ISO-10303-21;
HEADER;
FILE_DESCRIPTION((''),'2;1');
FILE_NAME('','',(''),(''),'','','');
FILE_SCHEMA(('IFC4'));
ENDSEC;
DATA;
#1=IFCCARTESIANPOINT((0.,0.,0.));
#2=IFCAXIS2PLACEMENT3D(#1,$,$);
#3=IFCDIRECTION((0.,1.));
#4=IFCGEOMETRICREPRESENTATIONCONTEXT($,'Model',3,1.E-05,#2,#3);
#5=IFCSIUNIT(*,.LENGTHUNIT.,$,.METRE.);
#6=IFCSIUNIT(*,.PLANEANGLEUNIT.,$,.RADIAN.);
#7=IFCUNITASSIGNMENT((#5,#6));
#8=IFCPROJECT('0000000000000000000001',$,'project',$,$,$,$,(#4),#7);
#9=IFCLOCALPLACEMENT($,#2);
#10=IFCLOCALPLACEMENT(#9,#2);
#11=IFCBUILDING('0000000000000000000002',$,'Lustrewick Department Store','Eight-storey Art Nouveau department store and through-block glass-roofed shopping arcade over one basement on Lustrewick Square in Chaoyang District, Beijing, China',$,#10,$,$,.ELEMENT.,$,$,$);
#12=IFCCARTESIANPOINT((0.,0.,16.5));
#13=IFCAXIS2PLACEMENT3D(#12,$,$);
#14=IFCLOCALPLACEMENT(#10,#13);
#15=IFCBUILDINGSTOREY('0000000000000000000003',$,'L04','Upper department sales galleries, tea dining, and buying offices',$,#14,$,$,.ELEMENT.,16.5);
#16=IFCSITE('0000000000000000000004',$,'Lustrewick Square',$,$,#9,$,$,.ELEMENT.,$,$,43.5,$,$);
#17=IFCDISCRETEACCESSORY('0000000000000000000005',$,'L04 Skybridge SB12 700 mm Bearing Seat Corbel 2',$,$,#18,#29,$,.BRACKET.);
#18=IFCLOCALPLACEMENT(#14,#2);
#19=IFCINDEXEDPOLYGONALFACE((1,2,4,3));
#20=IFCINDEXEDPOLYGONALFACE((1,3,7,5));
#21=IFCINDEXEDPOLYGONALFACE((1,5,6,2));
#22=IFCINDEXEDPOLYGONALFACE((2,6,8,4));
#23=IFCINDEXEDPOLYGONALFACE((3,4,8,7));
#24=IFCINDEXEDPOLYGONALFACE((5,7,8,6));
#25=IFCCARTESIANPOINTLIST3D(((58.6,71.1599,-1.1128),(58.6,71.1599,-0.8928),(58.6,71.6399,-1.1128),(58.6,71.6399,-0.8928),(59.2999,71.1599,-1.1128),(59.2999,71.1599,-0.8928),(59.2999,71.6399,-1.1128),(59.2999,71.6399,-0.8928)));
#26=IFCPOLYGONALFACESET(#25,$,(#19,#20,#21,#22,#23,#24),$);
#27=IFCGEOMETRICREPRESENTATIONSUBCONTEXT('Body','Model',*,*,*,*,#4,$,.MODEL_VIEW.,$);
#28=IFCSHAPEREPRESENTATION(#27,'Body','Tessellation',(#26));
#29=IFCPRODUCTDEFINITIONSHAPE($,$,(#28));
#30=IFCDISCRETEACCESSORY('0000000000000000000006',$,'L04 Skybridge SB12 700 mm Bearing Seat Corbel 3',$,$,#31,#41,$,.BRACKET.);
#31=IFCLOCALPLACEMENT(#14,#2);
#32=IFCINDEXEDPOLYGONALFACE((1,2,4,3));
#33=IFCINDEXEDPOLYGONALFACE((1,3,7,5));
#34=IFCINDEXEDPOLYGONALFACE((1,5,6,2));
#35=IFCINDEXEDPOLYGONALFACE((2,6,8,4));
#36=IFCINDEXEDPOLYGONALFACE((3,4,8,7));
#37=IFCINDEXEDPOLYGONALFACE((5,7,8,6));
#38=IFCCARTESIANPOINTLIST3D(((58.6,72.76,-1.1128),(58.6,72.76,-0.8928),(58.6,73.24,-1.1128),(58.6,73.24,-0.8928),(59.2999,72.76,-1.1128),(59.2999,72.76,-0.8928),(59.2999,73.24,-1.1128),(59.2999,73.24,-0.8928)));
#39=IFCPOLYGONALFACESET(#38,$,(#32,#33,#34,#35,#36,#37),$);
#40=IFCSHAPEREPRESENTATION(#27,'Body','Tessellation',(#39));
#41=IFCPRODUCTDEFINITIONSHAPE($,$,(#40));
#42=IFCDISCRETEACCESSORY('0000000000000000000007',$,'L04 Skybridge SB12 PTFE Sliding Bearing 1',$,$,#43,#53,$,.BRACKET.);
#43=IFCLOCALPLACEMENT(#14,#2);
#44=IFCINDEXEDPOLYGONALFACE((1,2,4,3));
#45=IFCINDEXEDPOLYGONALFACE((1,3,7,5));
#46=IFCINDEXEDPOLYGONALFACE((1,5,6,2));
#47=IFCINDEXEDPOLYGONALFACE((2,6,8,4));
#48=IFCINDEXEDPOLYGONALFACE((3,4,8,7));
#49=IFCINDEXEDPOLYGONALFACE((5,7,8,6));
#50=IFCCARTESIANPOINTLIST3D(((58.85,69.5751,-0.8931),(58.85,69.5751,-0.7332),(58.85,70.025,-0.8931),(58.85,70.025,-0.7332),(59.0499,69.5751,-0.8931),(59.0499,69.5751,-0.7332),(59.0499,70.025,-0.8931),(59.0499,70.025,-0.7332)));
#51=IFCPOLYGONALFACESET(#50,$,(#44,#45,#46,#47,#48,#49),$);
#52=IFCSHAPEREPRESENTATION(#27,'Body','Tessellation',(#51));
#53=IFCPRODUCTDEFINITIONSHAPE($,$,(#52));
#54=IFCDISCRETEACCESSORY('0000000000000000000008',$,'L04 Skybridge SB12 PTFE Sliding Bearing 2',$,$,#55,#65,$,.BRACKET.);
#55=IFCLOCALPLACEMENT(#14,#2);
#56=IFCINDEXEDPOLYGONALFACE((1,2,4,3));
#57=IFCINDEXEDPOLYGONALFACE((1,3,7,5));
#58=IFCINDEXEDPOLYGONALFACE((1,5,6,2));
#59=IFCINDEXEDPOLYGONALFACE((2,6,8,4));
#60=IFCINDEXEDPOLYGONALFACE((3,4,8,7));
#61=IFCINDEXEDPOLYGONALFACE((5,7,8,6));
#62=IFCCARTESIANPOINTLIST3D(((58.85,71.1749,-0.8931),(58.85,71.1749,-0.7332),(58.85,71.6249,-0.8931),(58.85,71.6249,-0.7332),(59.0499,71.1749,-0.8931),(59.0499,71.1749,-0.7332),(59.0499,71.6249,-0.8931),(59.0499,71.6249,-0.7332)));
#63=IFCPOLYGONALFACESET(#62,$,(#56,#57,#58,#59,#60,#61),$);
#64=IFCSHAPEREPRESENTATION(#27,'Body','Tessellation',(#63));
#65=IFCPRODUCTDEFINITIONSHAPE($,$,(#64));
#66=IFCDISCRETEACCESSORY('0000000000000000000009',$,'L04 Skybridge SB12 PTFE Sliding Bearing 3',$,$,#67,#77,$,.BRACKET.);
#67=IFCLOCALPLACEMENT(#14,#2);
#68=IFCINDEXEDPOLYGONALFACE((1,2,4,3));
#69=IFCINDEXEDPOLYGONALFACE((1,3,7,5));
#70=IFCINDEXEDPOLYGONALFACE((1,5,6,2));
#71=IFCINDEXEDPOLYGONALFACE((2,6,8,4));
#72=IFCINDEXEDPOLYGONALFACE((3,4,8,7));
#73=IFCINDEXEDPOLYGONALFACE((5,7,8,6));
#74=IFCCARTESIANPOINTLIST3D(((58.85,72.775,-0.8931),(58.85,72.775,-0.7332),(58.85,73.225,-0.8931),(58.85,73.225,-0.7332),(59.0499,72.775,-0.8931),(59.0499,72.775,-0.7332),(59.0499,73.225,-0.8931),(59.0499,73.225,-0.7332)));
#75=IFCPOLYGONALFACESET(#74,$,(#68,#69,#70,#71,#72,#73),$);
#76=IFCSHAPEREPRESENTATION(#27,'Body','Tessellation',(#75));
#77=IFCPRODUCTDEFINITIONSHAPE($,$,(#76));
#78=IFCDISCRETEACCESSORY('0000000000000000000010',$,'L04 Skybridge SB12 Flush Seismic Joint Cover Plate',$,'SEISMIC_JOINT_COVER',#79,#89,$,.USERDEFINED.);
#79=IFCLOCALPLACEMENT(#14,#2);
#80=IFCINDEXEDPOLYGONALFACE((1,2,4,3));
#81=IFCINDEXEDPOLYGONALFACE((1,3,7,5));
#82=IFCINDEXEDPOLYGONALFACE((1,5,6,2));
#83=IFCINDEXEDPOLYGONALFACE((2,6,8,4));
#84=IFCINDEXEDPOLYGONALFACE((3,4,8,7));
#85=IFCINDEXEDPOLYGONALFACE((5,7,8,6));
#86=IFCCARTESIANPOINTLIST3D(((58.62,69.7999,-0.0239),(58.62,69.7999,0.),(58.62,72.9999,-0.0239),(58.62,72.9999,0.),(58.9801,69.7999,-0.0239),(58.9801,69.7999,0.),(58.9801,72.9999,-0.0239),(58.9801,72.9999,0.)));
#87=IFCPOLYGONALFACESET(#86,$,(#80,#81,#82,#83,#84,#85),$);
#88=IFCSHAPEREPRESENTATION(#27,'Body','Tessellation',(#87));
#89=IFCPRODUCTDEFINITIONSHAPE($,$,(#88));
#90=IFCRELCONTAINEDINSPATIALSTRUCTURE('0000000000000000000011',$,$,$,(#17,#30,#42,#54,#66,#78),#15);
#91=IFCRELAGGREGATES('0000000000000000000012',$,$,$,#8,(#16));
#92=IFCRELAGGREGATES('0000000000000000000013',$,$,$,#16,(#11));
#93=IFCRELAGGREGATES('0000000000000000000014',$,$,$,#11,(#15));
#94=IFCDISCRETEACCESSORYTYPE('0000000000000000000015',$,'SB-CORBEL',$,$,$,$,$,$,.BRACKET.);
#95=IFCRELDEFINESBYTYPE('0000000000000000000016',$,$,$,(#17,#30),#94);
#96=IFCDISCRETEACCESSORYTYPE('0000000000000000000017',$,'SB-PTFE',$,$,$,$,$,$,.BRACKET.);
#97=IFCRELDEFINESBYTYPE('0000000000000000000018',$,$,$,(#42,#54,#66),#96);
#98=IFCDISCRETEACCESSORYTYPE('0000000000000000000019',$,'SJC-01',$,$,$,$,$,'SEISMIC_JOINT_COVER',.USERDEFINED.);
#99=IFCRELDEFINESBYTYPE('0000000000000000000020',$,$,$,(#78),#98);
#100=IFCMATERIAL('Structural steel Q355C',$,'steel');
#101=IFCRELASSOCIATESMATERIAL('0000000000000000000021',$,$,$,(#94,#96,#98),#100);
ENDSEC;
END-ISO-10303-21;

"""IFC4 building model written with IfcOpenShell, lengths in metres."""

from ifc_helpers import new_model, si_unit, direction, frame, origin, origin_2d, place, context, subcontext, project, spatial, rectangle, extrude, material, type_object, element, save


model = new_model("IFC4")

# Units and contexts
model_context = context("Model", 3, precision=1e-05, world=origin(), true_north=direction((0.0, 1.0)))
body_context = subcontext(model_context, "Body", "Model", "MODEL_VIEW")
ifc_project = project(units=[si_unit("LENGTHUNIT", "METRE"), si_unit("PLANEANGLEUNIT", "RADIAN")], contexts=[model_context])

# Site, building, storey
site_placement = place(None, origin())
site = spatial("IfcSite", under=ifc_project, at=site_placement, Name="Lustrewick Square", CompositionType="ELEMENT", RefElevation=43.5)
building_placement = place(site_placement, origin())
building = spatial("IfcBuilding", under=site, at=building_placement, Name="Lustrewick Department Store", Description="Eight-storey Art Nouveau department store and through-block glass-roofed shopping arcade over one basement on Lustrewick Square in Chaoyang District, Beijing, China", CompositionType="ELEMENT")
storey_placement = place(building_placement, frame((0.0, 0.0, 16.5)))
storey = spatial("IfcBuildingStorey", under=building, at=storey_placement, Name="L04", Description="Upper department sales galleries, tea dining, and buying offices", CompositionType="ELEMENT", Elevation=16.5)

# Shared definitions
ifc_material_1 = material(Name="Structural steel Q355C", Category="steel")

# Discrete accessories
discrete_accessory_type_1 = type_object("IfcDiscreteAccessoryType", Name="SB-CORBEL", PredefinedType="BRACKET", material=ifc_material_1)
for number, where, z_axis, x_axis, name in (
    (1, (58.95, 71.3999, -1.1128), (0.0, 0.0, 1.0), (1.0, 0.0, 0.0), "L04 Skybridge SB12 700 mm Bearing Seat Corbel 2"),
    (2, (58.95, 73.0, -1.1128), (0.0, 0.0, 1.0), (1.0, 0.0, 0.0), "L04 Skybridge SB12 700 mm Bearing Seat Corbel 3"),
):
    element("IfcDiscreteAccessory", number, at=place(storey_placement, frame(where, z_axis=z_axis, x_axis=x_axis)), inside=storey, type_object=discrete_accessory_type_1, Name=name, PredefinedType="BRACKET", context=body_context, shape_type="SweptSolid", body=[
        extrude(rectangle(XDim=0.7, YDim=0.48, at=origin_2d()), origin(), (0.0, 0.0, 1.0), 0.22),
    ])
discrete_accessory_type_2 = type_object("IfcDiscreteAccessoryType", Name="SB-PTFE", PredefinedType="BRACKET", material=ifc_material_1)
for number, where, z_axis, x_axis, name in (
    (3, (58.95, 69.8, -0.8931), (0.0, 0.0, 1.0), (1.0, 0.0, 0.0), "L04 Skybridge SB12 PTFE Sliding Bearing 1"),
    (4, (58.95, 71.3999, -0.8931), (0.0, 0.0, 1.0), (1.0, 0.0, 0.0), "L04 Skybridge SB12 PTFE Sliding Bearing 2"),
    (5, (58.95, 73.0, -0.8931), (0.0, 0.0, 1.0), (1.0, 0.0, 0.0), "L04 Skybridge SB12 PTFE Sliding Bearing 3"),
):
    element("IfcDiscreteAccessory", number, at=place(storey_placement, frame(where, z_axis=z_axis, x_axis=x_axis)), inside=storey, type_object=discrete_accessory_type_2, Name=name, PredefinedType="BRACKET", context=body_context, shape_type="SweptSolid", body=[
        extrude(rectangle(XDim=0.2, YDim=0.45, at=origin_2d()), origin(), (0.0, 0.0, 1.0), 0.1599),
    ])
discrete_accessory_type_3 = type_object("IfcDiscreteAccessoryType", Name="SJC-01", ElementType="SEISMIC_JOINT_COVER", PredefinedType="USERDEFINED", material=ifc_material_1)
discrete_accessory_placement = place(storey_placement, frame((58.8, 71.3999, -0.0239), z_axis=(0.0, 0.0, 1.0), x_axis=(1.0, 0.0, 0.0)))
element("IfcDiscreteAccessory", 6, at=discrete_accessory_placement, inside=storey, type_object=discrete_accessory_type_3, Name="L04 Skybridge SB12 Flush Seismic Joint Cover Plate", ObjectType="SEISMIC_JOINT_COVER", PredefinedType="USERDEFINED", context=body_context, shape_type="SweptSolid", body=[
    extrude(rectangle(XDim=0.3601, YDim=3.2, at=origin_2d()), origin(), (0.0, 0.0, 1.0), 0.0239),
])

save(model, "model.ifc")
